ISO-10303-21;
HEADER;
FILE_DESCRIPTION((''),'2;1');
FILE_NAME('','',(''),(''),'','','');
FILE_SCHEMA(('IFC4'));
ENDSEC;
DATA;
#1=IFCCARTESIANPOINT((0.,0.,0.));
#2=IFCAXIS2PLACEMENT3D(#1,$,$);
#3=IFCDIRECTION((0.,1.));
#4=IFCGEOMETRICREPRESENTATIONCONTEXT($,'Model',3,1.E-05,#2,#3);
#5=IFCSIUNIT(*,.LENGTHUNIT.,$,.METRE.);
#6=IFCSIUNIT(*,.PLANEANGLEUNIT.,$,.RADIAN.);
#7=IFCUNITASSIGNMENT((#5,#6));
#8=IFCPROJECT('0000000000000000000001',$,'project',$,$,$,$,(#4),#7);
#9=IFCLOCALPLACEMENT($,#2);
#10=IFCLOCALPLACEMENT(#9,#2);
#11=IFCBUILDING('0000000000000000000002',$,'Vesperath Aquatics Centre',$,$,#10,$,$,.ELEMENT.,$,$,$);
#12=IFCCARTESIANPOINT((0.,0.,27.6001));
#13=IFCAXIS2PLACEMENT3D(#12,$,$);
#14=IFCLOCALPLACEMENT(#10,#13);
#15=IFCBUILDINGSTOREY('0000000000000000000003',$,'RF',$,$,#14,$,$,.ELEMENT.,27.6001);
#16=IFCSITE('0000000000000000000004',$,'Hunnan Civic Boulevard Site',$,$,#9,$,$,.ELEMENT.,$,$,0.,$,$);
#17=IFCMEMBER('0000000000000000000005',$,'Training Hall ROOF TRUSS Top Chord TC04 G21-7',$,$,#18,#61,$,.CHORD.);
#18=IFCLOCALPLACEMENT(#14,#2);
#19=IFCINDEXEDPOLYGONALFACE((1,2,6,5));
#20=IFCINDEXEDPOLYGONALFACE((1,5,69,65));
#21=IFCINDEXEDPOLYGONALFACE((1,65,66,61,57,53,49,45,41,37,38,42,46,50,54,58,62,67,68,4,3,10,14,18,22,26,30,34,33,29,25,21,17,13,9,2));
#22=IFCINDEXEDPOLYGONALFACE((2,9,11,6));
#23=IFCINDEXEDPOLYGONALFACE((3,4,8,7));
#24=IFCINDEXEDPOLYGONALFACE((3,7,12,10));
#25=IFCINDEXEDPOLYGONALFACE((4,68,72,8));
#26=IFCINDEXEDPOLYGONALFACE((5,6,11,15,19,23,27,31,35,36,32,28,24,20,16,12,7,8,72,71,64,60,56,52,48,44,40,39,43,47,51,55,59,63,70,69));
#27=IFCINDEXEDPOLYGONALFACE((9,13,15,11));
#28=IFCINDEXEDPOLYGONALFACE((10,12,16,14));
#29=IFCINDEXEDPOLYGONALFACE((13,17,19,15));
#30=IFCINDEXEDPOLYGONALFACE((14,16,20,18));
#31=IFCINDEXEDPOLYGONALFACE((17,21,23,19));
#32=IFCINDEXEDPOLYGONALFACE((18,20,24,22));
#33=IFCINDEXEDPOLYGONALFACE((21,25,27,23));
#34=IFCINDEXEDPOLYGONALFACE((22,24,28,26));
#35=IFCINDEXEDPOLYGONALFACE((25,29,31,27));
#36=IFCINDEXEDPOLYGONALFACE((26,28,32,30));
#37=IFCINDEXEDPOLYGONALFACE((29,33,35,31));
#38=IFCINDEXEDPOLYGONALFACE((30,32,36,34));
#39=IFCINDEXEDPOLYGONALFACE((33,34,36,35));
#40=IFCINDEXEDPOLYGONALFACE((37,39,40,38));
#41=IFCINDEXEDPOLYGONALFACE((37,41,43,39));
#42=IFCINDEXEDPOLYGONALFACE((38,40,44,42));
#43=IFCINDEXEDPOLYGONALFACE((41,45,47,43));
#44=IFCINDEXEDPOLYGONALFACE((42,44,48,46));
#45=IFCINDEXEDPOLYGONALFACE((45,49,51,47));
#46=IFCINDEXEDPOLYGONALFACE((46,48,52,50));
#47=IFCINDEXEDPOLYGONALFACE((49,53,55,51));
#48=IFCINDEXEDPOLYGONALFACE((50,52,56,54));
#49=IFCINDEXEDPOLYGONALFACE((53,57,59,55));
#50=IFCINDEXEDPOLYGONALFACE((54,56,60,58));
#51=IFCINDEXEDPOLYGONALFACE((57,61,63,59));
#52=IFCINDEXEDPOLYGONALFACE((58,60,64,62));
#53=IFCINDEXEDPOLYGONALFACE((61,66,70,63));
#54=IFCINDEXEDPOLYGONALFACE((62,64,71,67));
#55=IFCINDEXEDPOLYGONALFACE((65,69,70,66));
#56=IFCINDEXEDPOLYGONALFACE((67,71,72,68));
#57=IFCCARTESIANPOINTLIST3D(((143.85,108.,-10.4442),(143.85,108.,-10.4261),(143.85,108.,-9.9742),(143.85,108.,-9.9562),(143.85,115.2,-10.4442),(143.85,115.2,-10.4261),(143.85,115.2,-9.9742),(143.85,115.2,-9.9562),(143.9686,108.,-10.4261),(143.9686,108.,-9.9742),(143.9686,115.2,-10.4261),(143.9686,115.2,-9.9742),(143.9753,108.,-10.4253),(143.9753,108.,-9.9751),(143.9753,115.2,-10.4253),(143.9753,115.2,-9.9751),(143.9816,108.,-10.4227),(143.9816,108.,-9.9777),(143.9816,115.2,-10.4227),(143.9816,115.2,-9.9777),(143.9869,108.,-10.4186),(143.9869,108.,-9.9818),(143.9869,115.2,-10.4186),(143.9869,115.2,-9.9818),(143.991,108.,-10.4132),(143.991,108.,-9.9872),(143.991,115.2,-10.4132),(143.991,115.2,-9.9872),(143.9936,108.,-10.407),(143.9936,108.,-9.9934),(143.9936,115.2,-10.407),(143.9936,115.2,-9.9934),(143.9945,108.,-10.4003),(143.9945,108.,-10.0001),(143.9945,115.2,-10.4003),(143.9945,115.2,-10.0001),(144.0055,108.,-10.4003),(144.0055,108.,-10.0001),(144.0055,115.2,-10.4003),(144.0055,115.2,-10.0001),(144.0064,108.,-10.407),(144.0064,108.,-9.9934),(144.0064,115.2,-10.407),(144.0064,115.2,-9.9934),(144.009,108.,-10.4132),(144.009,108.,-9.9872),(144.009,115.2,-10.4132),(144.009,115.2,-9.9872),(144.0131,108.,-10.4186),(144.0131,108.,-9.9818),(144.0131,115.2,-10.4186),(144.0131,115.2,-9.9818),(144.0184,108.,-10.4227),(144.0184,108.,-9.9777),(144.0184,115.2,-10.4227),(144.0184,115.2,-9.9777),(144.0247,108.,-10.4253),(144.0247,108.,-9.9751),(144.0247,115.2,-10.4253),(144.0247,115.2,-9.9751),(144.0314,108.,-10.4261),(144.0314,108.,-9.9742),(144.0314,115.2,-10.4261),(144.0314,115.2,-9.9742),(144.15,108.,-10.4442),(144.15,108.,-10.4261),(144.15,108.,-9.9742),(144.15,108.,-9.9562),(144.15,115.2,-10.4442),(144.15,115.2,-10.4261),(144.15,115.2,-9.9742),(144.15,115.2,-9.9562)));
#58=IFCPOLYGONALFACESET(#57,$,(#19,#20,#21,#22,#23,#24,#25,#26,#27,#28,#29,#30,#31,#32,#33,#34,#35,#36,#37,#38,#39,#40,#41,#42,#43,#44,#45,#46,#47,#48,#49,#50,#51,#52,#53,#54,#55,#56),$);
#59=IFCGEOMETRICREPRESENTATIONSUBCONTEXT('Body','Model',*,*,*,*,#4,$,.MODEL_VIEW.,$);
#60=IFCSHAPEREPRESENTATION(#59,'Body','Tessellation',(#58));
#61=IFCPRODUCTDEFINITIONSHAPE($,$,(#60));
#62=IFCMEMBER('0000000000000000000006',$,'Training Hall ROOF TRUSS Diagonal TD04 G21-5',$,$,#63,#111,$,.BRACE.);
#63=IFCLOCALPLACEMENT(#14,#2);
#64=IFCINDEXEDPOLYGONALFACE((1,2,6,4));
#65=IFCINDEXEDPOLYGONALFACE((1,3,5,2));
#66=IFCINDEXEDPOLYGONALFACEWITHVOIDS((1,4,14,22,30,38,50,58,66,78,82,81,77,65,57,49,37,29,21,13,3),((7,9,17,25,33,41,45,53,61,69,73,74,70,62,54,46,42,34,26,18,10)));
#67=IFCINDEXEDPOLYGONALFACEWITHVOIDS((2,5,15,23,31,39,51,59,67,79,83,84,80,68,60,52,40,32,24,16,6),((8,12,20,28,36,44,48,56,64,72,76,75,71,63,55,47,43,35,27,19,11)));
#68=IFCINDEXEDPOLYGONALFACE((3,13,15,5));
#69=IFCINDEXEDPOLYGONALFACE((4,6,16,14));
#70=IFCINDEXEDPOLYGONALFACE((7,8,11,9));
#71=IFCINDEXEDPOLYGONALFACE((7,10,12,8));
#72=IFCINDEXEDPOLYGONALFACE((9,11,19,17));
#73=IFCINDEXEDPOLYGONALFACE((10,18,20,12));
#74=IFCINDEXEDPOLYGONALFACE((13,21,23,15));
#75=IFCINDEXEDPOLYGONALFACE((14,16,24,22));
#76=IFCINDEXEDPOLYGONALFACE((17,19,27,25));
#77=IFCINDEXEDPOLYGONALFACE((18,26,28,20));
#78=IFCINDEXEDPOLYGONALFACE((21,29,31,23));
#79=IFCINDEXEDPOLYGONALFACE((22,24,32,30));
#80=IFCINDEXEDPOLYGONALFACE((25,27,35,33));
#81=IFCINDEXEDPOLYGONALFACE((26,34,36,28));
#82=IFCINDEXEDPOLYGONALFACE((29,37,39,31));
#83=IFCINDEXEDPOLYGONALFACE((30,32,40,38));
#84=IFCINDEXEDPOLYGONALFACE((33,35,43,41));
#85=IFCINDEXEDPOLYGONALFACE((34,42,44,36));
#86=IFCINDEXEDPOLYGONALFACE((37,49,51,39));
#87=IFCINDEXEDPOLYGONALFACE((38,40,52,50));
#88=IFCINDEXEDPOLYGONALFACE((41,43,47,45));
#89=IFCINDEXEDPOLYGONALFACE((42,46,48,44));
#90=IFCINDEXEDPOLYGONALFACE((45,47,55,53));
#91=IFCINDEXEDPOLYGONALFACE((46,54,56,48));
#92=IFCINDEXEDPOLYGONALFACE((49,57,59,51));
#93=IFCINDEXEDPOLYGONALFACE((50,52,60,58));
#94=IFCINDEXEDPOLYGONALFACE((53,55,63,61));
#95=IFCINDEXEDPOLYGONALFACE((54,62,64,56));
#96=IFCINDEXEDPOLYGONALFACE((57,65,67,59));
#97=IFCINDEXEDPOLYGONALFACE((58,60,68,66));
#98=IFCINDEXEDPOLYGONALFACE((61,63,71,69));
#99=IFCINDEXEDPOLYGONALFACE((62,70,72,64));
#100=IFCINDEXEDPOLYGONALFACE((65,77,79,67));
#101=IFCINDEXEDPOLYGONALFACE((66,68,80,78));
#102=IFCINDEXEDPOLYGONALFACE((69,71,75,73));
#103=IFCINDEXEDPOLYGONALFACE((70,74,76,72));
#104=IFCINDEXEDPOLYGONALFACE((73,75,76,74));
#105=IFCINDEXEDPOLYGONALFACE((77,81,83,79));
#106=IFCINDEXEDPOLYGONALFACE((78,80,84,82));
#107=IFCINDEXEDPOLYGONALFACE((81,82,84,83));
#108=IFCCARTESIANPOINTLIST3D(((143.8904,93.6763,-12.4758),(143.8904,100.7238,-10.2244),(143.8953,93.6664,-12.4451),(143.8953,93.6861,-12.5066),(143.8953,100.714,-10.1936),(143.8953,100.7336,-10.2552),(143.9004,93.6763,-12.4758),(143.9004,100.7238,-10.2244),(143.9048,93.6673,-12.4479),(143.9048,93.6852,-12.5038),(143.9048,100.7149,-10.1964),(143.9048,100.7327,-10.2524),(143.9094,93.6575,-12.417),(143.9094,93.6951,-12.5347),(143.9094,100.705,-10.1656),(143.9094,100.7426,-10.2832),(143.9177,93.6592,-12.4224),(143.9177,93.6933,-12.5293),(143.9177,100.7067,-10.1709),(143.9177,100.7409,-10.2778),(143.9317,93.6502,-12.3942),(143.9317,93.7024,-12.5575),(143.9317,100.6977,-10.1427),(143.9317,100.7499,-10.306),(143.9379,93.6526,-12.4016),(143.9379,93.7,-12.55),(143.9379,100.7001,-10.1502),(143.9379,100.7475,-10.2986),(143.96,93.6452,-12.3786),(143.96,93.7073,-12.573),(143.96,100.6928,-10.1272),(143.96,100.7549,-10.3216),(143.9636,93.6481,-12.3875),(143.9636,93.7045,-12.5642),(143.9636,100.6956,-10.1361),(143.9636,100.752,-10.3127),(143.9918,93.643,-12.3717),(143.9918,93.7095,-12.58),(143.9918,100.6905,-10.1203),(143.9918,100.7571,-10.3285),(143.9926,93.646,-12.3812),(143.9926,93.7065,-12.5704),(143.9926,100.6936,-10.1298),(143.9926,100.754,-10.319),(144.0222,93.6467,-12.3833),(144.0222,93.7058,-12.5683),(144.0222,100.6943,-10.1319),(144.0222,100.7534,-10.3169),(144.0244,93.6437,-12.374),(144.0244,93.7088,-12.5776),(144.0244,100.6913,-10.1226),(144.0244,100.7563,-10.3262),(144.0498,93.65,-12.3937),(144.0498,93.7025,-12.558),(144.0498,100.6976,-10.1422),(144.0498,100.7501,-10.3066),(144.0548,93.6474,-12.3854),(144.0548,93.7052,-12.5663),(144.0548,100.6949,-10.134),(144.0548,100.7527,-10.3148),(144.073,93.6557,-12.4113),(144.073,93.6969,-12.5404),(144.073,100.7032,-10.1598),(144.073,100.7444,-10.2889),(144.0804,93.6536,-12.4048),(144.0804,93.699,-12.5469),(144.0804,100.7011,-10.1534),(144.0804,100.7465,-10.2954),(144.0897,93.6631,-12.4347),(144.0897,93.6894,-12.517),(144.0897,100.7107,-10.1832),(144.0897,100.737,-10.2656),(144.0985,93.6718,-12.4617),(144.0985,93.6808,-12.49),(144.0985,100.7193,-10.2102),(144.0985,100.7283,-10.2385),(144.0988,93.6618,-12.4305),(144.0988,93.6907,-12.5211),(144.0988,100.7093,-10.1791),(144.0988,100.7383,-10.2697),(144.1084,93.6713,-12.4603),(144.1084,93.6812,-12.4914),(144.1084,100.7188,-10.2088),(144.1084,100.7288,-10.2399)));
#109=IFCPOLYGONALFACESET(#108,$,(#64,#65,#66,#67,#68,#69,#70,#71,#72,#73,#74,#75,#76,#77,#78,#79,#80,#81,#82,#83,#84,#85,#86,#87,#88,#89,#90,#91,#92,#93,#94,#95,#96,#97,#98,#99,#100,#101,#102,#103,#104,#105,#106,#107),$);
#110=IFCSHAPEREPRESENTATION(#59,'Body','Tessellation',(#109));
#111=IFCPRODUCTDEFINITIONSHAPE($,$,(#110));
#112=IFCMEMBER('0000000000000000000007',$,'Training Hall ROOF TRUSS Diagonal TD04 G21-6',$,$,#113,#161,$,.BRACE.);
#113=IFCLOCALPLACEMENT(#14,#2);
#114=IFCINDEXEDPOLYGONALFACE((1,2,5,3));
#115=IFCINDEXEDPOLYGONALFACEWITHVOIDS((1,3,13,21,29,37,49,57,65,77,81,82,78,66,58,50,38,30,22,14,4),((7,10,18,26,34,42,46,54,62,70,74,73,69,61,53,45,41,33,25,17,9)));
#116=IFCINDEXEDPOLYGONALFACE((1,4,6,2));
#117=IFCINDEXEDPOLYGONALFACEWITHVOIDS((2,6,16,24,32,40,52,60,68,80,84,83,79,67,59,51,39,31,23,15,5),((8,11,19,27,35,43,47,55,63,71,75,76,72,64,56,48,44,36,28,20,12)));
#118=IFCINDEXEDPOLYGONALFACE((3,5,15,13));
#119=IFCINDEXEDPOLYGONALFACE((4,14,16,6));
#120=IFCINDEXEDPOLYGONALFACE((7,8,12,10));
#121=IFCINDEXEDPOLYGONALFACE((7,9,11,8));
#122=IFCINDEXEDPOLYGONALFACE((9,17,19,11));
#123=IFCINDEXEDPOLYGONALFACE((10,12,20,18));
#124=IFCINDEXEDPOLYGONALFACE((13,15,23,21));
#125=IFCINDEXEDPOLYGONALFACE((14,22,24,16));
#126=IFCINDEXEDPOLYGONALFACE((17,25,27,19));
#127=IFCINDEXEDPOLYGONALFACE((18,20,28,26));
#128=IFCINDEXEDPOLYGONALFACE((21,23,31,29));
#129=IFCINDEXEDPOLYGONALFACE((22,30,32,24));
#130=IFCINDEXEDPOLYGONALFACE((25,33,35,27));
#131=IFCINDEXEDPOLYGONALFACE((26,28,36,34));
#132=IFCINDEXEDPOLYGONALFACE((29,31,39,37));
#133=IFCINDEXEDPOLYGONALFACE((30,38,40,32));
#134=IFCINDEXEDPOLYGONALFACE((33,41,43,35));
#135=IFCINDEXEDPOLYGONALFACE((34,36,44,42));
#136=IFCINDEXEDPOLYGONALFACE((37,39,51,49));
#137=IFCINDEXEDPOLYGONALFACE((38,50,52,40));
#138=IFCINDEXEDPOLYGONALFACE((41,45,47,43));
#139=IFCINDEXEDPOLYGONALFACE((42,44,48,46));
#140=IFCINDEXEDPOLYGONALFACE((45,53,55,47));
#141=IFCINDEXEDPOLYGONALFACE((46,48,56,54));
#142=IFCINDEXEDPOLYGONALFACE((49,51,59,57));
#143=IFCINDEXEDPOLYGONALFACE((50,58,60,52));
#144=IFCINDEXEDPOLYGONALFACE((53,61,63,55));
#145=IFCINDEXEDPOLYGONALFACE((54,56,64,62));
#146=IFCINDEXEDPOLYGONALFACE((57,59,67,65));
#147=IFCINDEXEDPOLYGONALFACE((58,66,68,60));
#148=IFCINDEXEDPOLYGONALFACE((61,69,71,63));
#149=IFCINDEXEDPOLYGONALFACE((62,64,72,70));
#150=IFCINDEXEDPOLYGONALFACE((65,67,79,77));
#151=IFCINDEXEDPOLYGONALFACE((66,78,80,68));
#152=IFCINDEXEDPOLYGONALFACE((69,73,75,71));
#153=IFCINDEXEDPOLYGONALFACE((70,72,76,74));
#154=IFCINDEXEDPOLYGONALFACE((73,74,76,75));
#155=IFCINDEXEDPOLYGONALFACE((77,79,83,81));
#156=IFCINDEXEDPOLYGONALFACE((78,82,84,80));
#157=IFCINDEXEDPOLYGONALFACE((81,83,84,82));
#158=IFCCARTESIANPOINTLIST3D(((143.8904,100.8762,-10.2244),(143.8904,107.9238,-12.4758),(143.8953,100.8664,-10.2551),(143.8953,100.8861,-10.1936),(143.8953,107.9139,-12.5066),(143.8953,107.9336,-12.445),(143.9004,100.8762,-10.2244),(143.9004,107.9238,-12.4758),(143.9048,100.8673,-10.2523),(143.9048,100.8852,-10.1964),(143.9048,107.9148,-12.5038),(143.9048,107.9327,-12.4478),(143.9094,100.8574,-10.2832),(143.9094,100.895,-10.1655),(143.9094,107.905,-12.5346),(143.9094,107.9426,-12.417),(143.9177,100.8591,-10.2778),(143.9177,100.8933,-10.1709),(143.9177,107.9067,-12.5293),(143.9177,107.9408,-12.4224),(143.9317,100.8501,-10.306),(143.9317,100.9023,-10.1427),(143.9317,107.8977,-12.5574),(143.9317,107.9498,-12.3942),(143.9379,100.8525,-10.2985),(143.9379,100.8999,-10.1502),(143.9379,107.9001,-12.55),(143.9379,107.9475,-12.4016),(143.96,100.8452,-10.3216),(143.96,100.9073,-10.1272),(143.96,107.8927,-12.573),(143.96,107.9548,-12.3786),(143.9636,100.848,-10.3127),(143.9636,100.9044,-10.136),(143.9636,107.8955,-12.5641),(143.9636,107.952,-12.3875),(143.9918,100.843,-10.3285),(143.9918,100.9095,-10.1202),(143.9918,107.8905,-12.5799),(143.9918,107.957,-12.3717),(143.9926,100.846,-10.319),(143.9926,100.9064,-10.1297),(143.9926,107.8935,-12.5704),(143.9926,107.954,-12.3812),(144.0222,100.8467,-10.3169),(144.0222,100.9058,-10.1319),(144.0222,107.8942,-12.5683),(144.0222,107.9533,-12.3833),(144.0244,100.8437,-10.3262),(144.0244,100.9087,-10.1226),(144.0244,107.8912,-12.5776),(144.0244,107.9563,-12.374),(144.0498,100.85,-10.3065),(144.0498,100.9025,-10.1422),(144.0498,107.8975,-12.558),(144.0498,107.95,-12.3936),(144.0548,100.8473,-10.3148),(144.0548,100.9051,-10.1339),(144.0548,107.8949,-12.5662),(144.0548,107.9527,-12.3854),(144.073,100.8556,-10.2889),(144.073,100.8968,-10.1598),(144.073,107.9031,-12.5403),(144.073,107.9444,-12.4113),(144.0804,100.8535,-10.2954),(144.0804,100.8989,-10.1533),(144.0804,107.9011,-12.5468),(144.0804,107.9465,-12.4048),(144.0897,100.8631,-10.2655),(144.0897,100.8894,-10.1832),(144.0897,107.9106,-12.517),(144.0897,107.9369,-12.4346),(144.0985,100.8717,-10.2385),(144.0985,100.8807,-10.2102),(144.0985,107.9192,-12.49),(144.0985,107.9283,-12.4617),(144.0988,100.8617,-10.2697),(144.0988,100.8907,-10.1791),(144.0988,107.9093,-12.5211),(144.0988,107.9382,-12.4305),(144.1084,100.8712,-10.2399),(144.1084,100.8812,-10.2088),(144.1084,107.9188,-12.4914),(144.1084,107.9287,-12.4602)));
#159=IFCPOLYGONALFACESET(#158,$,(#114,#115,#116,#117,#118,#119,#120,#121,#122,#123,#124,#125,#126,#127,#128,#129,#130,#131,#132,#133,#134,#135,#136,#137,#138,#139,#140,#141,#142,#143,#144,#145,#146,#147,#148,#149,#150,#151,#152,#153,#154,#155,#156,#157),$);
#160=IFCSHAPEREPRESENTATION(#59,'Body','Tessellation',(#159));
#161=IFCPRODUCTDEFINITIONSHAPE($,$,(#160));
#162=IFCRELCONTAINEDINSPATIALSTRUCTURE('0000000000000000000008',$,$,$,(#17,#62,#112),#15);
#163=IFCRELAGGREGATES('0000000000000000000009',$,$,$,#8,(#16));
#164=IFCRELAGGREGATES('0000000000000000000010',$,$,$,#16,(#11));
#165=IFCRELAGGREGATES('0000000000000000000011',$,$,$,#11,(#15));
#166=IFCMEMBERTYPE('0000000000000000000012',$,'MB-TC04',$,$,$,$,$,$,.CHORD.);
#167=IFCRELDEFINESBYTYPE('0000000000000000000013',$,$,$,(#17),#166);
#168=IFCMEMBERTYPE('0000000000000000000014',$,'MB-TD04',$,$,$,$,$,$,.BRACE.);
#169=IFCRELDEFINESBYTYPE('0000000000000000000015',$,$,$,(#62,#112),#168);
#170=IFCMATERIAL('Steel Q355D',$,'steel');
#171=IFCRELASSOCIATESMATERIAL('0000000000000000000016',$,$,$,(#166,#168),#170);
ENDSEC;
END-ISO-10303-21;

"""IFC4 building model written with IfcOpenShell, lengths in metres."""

from ifc_helpers import new_model, si_unit, direction, frame, origin, origin_2d, place, context, subcontext, project, spatial, hollow_circle, i_section, extrude, material, material_profile, profile_set, type_object, element, save


model = new_model("IFC4")

# Units and contexts
model_context = context("Model", 3, precision=1e-05, world=origin(), true_north=direction((0.0, 1.0)))
body_context = subcontext(model_context, "Body", "Model", "MODEL_VIEW")
ifc_project = project(units=[si_unit("LENGTHUNIT", "METRE"), si_unit("PLANEANGLEUNIT", "RADIAN")], contexts=[model_context])

# Site, building, storey
site_placement = place(None, origin())
site = spatial("IfcSite", under=ifc_project, at=site_placement, Name="Hunnan Civic Boulevard Site", CompositionType="ELEMENT", RefElevation=0.0)
building_placement = place(site_placement, origin())
building = spatial("IfcBuilding", under=site, at=building_placement, Name="Vesperath Aquatics Centre", CompositionType="ELEMENT")
storey_placement = place(building_placement, frame((0.0, 0.0, 27.6001)))
storey = spatial("IfcBuildingStorey", under=building, at=storey_placement, Name="RF", CompositionType="ELEMENT", Elevation=27.6001)

# Members
ifc_material_1 = material(Name="Steel Q355D", Category="steel")
ifc_material_profile_1 = material_profile(ifc_material_1, i_section(OverallWidth=0.3, OverallDepth=0.488, WebThickness=0.011, FlangeThickness=0.0181, FilletRadius=0.0259, at=origin_2d()), Name="HM 488x300x11x18")
ifc_profile_set_1 = profile_set([ifc_material_profile_1], Name="Steel Q355D")
member_type_1 = type_object("IfcMemberType", Name="MB-TC04", PredefinedType="CHORD", material=ifc_profile_set_1)
for number, where, z_axis, x_axis, name in (
    (1, (144.0, 108.0, -10.2002), (0.0, 1.0, 0.0), (-1.0, 0.0, 0.0), "Training Hall ROOF TRUSS Top Chord TC04 G21-7"),
):
    element("IfcMember", number, at=place(storey_placement, frame(where, z_axis=z_axis, x_axis=x_axis)), inside=storey, type_object=member_type_1, Name=name, PredefinedType="CHORD", context=body_context, shape_type="SweptSolid", body=[
        extrude(i_section(OverallWidth=0.3, OverallDepth=0.488, WebThickness=0.011, FlangeThickness=0.0181, FilletRadius=0.0259, at=origin_2d()), origin(), (0.0, 0.0, 1.0), 7.2),
    ])
ifc_material_profile_2 = material_profile(ifc_material_1, hollow_circle(Radius=0.1096, WallThickness=0.01, at=origin_2d()), Name="CHS 219.1x10")
ifc_profile_set_2 = profile_set([ifc_material_profile_2], Name="Steel Q355D")
member_type_2 = type_object("IfcMemberType", Name="MB-TD04", PredefinedType="BRACE", material=ifc_profile_set_2)
for number, where, z_axis, x_axis, name in (
    (2, (144.0, 93.6763, -12.4758), (0.0, 0.952572, 0.304314), (-1.0, 0.0, 0.0), "Training Hall ROOF TRUSS Diagonal TD04 G21-5"),
    (3, (144.0, 100.8762, -10.2244), (0.0, 0.952572, -0.304314), (-1.0, 0.0, 0.0), "Training Hall ROOF TRUSS Diagonal TD04 G21-6"),
):
    element("IfcMember", number, at=place(storey_placement, frame(where, z_axis=z_axis, x_axis=x_axis)), inside=storey, type_object=member_type_2, Name=name, PredefinedType="BRACE", context=body_context, shape_type="SweptSolid", body=[
        extrude(hollow_circle(Radius=0.1096, WallThickness=0.01, at=origin_2d()), origin(), (0.0, 0.0, 1.0), 7.3984),
    ])

save(model, "model.ifc")
